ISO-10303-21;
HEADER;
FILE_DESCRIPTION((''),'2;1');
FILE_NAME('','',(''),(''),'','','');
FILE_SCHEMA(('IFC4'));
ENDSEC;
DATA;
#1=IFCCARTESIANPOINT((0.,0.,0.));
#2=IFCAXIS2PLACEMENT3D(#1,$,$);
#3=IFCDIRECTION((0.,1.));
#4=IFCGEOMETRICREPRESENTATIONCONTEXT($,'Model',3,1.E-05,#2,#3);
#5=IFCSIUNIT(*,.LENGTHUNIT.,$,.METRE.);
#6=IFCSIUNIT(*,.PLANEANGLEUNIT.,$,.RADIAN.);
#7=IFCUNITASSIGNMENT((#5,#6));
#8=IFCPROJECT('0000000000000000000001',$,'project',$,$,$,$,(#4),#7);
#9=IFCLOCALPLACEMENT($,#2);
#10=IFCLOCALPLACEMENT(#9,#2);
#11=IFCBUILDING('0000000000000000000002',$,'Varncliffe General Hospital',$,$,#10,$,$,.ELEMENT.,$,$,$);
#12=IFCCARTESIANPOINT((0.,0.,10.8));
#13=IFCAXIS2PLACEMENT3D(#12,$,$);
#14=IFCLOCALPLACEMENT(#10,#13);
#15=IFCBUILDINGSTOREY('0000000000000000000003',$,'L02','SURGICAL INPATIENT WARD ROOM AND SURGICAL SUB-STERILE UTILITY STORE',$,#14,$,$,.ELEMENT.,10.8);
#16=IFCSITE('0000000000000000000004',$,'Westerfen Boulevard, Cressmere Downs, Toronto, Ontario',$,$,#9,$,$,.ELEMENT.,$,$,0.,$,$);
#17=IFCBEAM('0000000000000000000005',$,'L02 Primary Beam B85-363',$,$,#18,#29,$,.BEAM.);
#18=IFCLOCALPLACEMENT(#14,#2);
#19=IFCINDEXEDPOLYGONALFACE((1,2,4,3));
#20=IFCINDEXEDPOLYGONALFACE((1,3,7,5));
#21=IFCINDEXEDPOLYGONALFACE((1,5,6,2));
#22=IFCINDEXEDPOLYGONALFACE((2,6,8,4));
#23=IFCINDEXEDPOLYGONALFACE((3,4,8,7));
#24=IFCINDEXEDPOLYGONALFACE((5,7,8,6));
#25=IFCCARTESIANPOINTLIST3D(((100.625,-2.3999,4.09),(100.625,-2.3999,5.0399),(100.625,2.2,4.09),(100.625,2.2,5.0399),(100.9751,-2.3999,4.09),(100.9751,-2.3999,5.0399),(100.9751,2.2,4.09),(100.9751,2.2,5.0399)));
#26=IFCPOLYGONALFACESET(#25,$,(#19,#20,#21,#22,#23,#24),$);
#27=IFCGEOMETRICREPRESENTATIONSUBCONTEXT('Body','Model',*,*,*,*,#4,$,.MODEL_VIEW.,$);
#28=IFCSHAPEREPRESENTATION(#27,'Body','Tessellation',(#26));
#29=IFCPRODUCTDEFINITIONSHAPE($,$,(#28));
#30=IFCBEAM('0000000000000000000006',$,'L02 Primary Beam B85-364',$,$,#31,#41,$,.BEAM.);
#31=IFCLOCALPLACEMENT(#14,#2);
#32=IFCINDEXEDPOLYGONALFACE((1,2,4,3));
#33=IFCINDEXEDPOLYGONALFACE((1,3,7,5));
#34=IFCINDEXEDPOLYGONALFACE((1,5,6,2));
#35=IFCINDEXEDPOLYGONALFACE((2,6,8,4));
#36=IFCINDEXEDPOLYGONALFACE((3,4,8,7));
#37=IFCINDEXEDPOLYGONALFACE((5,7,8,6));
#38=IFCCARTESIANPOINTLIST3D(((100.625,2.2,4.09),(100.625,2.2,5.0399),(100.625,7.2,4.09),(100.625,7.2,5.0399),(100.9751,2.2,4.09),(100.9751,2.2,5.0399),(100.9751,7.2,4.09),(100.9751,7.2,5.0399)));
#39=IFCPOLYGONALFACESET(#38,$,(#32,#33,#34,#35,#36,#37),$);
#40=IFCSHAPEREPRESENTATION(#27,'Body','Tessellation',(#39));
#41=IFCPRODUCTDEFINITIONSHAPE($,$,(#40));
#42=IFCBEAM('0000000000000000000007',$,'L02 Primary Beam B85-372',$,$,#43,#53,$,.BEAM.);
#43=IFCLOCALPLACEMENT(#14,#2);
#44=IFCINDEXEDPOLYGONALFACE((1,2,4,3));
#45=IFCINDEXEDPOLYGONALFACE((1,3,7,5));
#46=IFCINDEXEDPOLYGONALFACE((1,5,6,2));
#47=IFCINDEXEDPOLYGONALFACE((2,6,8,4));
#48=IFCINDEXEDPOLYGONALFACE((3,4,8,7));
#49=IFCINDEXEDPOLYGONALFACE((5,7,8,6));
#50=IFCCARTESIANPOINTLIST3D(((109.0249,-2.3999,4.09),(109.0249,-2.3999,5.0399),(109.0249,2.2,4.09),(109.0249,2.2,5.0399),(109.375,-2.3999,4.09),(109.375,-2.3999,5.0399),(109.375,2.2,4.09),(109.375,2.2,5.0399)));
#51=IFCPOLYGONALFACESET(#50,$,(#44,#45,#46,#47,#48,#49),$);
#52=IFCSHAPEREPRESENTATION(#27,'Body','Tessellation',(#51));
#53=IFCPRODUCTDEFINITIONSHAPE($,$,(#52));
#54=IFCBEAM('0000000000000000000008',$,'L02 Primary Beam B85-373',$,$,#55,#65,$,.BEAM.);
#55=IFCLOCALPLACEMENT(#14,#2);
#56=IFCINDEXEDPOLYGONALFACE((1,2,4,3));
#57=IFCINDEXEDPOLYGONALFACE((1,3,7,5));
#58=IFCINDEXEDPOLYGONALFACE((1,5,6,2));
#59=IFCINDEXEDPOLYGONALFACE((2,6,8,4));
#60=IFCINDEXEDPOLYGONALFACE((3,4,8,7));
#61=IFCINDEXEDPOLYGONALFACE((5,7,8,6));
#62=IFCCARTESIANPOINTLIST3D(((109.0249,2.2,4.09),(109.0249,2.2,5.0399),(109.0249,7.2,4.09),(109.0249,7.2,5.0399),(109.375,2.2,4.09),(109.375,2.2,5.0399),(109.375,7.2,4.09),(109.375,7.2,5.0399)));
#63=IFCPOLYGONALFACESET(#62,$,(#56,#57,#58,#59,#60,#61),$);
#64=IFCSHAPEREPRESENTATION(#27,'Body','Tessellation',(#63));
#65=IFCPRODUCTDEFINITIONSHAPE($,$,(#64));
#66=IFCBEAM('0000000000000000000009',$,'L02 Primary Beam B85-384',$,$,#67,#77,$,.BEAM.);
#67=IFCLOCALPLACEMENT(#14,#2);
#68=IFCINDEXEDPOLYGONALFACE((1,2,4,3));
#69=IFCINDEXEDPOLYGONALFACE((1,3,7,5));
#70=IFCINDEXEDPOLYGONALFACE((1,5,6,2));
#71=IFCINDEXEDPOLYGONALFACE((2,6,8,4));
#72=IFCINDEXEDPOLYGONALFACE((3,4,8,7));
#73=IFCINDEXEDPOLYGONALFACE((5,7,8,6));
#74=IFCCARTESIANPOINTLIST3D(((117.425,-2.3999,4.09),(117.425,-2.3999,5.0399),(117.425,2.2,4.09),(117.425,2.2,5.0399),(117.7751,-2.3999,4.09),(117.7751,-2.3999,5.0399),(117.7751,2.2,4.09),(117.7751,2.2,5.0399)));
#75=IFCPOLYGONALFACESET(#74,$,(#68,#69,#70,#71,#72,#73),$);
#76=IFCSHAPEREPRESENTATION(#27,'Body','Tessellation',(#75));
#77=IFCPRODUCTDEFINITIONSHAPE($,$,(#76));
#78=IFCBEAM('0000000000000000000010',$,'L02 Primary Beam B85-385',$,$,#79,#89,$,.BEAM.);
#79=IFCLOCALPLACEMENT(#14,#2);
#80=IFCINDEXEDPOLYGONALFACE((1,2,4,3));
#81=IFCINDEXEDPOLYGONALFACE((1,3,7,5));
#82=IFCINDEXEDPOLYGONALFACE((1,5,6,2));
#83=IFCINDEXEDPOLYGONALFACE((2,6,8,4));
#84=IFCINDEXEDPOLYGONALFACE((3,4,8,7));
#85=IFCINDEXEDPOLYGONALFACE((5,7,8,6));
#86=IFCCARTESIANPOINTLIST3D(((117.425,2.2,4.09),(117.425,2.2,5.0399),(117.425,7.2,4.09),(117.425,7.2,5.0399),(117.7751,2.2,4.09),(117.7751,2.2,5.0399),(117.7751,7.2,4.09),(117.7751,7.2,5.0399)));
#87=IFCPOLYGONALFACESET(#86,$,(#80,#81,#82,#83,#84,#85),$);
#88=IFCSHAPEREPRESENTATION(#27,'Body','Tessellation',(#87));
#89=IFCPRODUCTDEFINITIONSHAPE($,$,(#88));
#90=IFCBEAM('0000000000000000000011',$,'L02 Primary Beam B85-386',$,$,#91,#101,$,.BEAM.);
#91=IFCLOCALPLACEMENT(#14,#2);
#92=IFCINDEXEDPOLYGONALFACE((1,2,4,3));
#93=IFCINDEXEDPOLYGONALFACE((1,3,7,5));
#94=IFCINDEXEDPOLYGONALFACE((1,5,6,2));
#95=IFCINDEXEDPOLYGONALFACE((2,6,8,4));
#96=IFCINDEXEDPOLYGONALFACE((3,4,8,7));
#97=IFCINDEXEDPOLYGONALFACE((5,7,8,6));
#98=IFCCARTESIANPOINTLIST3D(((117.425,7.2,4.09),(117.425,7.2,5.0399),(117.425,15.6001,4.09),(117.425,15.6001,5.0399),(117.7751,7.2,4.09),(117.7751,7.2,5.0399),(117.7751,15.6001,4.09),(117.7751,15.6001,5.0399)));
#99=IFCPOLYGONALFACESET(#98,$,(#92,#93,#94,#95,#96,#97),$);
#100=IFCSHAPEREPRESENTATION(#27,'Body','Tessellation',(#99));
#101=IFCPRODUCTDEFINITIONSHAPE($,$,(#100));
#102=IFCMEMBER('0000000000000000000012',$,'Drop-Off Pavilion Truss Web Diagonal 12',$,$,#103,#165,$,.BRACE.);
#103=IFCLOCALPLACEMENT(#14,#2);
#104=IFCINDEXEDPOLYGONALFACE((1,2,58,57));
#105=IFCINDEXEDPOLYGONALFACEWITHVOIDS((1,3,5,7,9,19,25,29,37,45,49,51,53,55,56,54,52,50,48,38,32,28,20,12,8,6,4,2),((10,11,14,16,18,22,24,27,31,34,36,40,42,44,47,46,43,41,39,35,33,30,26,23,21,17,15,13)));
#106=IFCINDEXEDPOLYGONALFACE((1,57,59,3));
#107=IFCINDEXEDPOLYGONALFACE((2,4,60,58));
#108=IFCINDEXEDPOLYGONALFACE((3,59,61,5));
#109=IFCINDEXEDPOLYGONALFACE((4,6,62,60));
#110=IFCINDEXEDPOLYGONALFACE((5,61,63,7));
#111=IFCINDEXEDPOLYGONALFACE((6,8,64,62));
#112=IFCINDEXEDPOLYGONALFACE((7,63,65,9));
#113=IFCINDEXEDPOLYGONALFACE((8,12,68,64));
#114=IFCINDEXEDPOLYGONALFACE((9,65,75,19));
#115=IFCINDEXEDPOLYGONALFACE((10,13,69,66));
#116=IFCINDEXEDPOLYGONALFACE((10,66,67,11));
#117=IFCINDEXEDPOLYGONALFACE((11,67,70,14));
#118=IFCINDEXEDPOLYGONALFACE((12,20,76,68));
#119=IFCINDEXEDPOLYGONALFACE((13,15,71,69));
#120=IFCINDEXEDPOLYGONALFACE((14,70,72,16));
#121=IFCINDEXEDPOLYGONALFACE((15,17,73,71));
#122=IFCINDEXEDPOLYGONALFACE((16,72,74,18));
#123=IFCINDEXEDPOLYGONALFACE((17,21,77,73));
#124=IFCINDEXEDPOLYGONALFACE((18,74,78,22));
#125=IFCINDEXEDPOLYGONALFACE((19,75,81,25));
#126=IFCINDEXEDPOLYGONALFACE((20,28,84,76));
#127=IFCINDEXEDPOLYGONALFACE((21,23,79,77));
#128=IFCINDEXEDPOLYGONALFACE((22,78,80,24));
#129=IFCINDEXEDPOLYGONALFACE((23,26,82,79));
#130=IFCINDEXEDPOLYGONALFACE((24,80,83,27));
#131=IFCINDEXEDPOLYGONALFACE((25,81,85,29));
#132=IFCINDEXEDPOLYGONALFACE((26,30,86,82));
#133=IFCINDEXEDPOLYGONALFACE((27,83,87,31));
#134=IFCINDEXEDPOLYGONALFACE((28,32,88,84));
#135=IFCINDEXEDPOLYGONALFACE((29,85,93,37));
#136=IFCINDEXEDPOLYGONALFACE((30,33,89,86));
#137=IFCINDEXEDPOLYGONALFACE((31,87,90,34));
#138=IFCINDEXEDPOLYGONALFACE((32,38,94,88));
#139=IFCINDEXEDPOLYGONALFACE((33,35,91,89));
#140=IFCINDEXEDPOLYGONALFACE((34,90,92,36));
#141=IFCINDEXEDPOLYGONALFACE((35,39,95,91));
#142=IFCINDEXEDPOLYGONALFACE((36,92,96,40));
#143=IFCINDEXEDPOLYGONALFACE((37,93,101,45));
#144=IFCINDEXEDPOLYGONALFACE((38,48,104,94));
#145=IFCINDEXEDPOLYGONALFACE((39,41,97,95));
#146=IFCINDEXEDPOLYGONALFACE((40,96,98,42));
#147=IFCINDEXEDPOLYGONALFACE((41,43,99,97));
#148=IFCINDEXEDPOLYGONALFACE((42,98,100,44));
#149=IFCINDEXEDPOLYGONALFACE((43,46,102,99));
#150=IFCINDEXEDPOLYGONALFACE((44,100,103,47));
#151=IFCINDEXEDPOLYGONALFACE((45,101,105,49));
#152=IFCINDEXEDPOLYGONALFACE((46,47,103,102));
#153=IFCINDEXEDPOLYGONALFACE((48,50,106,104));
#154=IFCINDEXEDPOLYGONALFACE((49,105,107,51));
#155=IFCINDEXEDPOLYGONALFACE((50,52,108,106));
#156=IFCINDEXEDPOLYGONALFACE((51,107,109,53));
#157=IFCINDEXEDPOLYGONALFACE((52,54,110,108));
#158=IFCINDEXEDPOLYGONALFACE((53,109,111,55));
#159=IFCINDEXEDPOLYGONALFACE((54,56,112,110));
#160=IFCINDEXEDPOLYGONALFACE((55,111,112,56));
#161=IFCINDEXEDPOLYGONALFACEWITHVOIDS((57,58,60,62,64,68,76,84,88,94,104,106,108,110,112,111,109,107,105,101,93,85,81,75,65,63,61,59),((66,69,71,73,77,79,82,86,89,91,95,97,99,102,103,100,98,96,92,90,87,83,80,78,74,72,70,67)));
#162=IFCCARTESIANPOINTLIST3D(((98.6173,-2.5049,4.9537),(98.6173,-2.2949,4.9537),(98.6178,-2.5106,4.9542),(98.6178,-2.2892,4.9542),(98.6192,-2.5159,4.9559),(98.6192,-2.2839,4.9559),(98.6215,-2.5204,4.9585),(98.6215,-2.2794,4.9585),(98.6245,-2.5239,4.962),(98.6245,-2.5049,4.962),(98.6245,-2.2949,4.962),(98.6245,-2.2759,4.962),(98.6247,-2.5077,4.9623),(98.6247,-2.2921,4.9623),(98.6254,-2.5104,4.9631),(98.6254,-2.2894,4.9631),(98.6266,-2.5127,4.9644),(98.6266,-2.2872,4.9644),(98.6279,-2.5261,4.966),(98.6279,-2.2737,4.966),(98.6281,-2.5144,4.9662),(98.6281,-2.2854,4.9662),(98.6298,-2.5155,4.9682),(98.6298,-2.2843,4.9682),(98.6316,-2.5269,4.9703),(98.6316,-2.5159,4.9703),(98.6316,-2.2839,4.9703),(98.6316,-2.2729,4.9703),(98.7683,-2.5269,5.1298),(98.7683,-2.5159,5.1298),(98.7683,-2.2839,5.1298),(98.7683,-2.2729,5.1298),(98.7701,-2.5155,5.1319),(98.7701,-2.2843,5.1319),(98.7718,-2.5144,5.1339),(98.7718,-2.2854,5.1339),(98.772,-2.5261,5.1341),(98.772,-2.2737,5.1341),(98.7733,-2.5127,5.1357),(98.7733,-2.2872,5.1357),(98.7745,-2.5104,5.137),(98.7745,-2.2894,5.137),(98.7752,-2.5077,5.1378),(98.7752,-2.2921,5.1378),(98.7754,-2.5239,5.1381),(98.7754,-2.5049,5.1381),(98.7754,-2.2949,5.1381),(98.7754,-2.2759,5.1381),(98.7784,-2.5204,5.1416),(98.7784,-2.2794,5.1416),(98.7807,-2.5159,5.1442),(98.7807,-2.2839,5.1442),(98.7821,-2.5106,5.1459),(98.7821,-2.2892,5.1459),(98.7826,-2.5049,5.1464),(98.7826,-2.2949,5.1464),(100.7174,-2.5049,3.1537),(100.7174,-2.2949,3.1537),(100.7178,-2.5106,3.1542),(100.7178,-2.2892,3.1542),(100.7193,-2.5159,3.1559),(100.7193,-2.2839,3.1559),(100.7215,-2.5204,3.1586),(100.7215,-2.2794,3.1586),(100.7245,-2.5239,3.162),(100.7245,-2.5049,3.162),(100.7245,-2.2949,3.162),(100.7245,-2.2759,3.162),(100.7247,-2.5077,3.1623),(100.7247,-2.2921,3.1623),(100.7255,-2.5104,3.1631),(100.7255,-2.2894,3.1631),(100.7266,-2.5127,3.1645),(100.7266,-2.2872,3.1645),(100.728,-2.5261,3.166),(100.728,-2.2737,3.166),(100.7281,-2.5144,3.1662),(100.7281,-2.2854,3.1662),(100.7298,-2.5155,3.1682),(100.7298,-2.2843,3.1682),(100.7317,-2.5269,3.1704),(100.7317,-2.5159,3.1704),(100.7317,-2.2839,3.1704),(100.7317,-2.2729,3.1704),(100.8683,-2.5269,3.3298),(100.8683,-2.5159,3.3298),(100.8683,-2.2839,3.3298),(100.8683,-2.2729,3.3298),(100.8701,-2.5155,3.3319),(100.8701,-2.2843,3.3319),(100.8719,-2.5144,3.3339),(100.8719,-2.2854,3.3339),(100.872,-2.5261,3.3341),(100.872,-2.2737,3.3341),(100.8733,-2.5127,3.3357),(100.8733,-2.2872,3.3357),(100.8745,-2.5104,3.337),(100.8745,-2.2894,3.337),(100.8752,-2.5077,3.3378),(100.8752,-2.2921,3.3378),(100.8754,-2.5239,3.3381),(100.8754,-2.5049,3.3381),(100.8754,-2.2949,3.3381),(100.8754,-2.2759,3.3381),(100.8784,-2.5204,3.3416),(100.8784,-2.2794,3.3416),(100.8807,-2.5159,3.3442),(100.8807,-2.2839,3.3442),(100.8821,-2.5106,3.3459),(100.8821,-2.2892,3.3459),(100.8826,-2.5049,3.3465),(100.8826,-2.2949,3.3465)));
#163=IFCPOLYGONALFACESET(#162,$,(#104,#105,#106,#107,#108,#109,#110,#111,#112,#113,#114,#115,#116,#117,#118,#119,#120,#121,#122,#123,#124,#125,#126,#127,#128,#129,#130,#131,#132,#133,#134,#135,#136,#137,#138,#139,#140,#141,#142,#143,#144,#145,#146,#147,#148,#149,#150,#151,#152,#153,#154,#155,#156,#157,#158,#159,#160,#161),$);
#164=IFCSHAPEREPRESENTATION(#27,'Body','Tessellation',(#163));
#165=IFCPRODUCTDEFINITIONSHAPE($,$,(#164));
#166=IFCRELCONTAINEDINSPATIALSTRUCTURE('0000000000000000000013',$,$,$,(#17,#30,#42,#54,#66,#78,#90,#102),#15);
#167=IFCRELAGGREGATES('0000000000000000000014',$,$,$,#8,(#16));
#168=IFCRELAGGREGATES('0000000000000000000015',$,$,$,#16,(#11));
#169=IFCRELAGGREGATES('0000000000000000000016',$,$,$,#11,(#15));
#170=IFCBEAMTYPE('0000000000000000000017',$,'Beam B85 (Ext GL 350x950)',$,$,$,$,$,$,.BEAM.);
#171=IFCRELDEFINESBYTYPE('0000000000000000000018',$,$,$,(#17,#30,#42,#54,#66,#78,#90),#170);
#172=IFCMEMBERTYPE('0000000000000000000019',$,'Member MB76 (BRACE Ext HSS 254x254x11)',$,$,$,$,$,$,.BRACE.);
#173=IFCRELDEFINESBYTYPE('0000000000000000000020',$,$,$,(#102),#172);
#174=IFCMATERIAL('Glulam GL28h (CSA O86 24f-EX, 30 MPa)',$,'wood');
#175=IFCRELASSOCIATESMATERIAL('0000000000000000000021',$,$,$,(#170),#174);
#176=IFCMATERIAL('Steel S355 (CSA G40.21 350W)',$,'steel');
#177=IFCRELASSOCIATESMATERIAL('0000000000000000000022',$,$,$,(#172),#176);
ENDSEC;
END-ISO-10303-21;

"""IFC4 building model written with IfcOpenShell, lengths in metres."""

from ifc_helpers import new_model, si_unit, direction, frame, origin, origin_2d, place, context, subcontext, project, spatial, rectangle, hollow_rectangle, extrude, material, material_profile, profile_set, type_object, element, save


model = new_model("IFC4")

# Units and contexts
model_context = context("Model", 3, precision=1e-05, world=origin(), true_north=direction((0.0, 1.0)))
body_context = subcontext(model_context, "Body", "Model", "MODEL_VIEW")
ifc_project = project(units=[si_unit("LENGTHUNIT", "METRE"), si_unit("PLANEANGLEUNIT", "RADIAN")], contexts=[model_context])

# Site, building, storey
site_placement = place(None, origin())
site = spatial("IfcSite", under=ifc_project, at=site_placement, Name="Westerfen Boulevard, Cressmere Downs, Toronto, Ontario", CompositionType="ELEMENT", RefElevation=0.0)
building_placement = place(site_placement, origin())
building = spatial("IfcBuilding", under=site, at=building_placement, Name="Varncliffe General Hospital", CompositionType="ELEMENT")
storey_placement = place(building_placement, frame((0.0, 0.0, 10.8)))
storey = spatial("IfcBuildingStorey", under=building, at=storey_placement, Name="L02", Description="SURGICAL INPATIENT WARD ROOM AND SURGICAL SUB-STERILE UTILITY STORE", CompositionType="ELEMENT", Elevation=10.8)

# Shared definitions
ifc_material_1 = material(Name="Glulam GL28h (CSA O86 24f-EX, 30 MPa)", Category="wood")

# Beams
ifc_material_profile_1 = material_profile(ifc_material_1, rectangle(XDim=0.3501, YDim=0.95, at=origin_2d()), Name="GL 350x950")
ifc_profile_set_1 = profile_set([ifc_material_profile_1], Name="Glulam GL28h (CSA O86 24f-EX, 30 MPa)")
beam_type_1 = type_object("IfcBeamType", Name="Beam B85 (Ext GL 350x950)", PredefinedType="BEAM", material=ifc_profile_set_1)
beam_1_placement = place(storey_placement, frame((100.8, -2.3999, 4.5649), z_axis=(0.0, 1.0, 0.0), x_axis=(-1.0, 0.0, 0.0)))
element("IfcBeam", 1, at=beam_1_placement, inside=storey, type_object=beam_type_1, Name="L02 Primary Beam B85-363", PredefinedType="BEAM", context=body_context, shape_type="SweptSolid", body=[
    extrude(rectangle(XDim=0.3501, YDim=0.95, at=origin_2d()), origin(), (0.0, 0.0, 1.0), 4.5999),
])
beam_2_placement = place(storey_placement, frame((100.8, 2.2, 4.5649), z_axis=(0.0, 1.0, 0.0), x_axis=(-1.0, 0.0, 0.0)))
element("IfcBeam", 2, at=beam_2_placement, inside=storey, type_object=beam_type_1, Name="L02 Primary Beam B85-364", PredefinedType="BEAM", context=body_context, shape_type="SweptSolid", body=[
    extrude(rectangle(XDim=0.3501, YDim=0.95, at=origin_2d()), origin(), (0.0, 0.0, 1.0), 5.0),
])
beam_3_placement = place(storey_placement, frame((109.2, -2.3999, 4.5649), z_axis=(0.0, 1.0, 0.0), x_axis=(-1.0, 0.0, 0.0)))
element("IfcBeam", 3, at=beam_3_placement, inside=storey, type_object=beam_type_1, Name="L02 Primary Beam B85-372", PredefinedType="BEAM", context=body_context, shape_type="SweptSolid", body=[
    extrude(rectangle(XDim=0.3501, YDim=0.95, at=origin_2d()), origin(), (0.0, 0.0, 1.0), 4.5999),
])
beam_4_placement = place(storey_placement, frame((109.2, 2.2, 4.5649), z_axis=(0.0, 1.0, 0.0), x_axis=(-1.0, 0.0, 0.0)))
element("IfcBeam", 4, at=beam_4_placement, inside=storey, type_object=beam_type_1, Name="L02 Primary Beam B85-373", PredefinedType="BEAM", context=body_context, shape_type="SweptSolid", body=[
    extrude(rectangle(XDim=0.3501, YDim=0.95, at=origin_2d()), origin(), (0.0, 0.0, 1.0), 5.0),
])
beam_5_placement = place(storey_placement, frame((117.6001, -2.3999, 4.5649), z_axis=(0.0, 1.0, 0.0), x_axis=(-1.0, 0.0, 0.0)))
element("IfcBeam", 5, at=beam_5_placement, inside=storey, type_object=beam_type_1, Name="L02 Primary Beam B85-384", PredefinedType="BEAM", context=body_context, shape_type="SweptSolid", body=[
    extrude(rectangle(XDim=0.3501, YDim=0.95, at=origin_2d()), origin(), (0.0, 0.0, 1.0), 4.5999),
])
beam_6_placement = place(storey_placement, frame((117.6001, 2.2, 4.5649), z_axis=(0.0, 1.0, 0.0), x_axis=(-1.0, 0.0, 0.0)))
element("IfcBeam", 6, at=beam_6_placement, inside=storey, type_object=beam_type_1, Name="L02 Primary Beam B85-385", PredefinedType="BEAM", context=body_context, shape_type="SweptSolid", body=[
    extrude(rectangle(XDim=0.3501, YDim=0.95, at=origin_2d()), origin(), (0.0, 0.0, 1.0), 5.0),
])
beam_7_placement = place(storey_placement, frame((117.6001, 7.2, 4.5649), z_axis=(0.0, 1.0, 0.0), x_axis=(-1.0, 0.0, 0.0)))
element("IfcBeam", 7, at=beam_7_placement, inside=storey, type_object=beam_type_1, Name="L02 Primary Beam B85-386", PredefinedType="BEAM", context=body_context, shape_type="SweptSolid", body=[
    extrude(rectangle(XDim=0.3501, YDim=0.95, at=origin_2d()), origin(), (0.0, 0.0, 1.0), 8.4001),
])

# Member
ifc_material_2 = material(Name="Steel S355 (CSA G40.21 350W)", Category="steel")
ifc_material_profile_2 = material_profile(ifc_material_2, hollow_rectangle(XDim=0.2539, YDim=0.2539, WallThickness=0.011, InnerFilletRadius=0.011, OuterFilletRadius=0.022, at=origin_2d()), Name="HSS 254x254x11")
ifc_profile_set_2 = profile_set([ifc_material_profile_2], Name="Steel S355 (CSA G40.21 350W)")
member_type_1 = type_object("IfcMemberType", Name="Member MB76 (BRACE Ext HSS 254x254x11)", PredefinedType="BRACE", material=ifc_profile_set_2)
member_1_placement = place(storey_placement, frame((98.7, -2.3999, 5.05), z_axis=(0.759263, 0.0, -0.650784), x_axis=(0.0, 1.0, 0.0)))
element("IfcMember", 8, at=member_1_placement, inside=storey, type_object=member_type_1, Name="Drop-Off Pavilion Truss Web Diagonal 12", PredefinedType="BRACE", context=body_context, shape_type="SweptSolid", body=[
    extrude(hollow_rectangle(XDim=0.2539, YDim=0.2539, WallThickness=0.011, InnerFilletRadius=0.011, OuterFilletRadius=0.022, at=origin_2d()), origin(), (0.0, 0.0, 1.0), 2.7659),
])

save(model, "model.ifc")
